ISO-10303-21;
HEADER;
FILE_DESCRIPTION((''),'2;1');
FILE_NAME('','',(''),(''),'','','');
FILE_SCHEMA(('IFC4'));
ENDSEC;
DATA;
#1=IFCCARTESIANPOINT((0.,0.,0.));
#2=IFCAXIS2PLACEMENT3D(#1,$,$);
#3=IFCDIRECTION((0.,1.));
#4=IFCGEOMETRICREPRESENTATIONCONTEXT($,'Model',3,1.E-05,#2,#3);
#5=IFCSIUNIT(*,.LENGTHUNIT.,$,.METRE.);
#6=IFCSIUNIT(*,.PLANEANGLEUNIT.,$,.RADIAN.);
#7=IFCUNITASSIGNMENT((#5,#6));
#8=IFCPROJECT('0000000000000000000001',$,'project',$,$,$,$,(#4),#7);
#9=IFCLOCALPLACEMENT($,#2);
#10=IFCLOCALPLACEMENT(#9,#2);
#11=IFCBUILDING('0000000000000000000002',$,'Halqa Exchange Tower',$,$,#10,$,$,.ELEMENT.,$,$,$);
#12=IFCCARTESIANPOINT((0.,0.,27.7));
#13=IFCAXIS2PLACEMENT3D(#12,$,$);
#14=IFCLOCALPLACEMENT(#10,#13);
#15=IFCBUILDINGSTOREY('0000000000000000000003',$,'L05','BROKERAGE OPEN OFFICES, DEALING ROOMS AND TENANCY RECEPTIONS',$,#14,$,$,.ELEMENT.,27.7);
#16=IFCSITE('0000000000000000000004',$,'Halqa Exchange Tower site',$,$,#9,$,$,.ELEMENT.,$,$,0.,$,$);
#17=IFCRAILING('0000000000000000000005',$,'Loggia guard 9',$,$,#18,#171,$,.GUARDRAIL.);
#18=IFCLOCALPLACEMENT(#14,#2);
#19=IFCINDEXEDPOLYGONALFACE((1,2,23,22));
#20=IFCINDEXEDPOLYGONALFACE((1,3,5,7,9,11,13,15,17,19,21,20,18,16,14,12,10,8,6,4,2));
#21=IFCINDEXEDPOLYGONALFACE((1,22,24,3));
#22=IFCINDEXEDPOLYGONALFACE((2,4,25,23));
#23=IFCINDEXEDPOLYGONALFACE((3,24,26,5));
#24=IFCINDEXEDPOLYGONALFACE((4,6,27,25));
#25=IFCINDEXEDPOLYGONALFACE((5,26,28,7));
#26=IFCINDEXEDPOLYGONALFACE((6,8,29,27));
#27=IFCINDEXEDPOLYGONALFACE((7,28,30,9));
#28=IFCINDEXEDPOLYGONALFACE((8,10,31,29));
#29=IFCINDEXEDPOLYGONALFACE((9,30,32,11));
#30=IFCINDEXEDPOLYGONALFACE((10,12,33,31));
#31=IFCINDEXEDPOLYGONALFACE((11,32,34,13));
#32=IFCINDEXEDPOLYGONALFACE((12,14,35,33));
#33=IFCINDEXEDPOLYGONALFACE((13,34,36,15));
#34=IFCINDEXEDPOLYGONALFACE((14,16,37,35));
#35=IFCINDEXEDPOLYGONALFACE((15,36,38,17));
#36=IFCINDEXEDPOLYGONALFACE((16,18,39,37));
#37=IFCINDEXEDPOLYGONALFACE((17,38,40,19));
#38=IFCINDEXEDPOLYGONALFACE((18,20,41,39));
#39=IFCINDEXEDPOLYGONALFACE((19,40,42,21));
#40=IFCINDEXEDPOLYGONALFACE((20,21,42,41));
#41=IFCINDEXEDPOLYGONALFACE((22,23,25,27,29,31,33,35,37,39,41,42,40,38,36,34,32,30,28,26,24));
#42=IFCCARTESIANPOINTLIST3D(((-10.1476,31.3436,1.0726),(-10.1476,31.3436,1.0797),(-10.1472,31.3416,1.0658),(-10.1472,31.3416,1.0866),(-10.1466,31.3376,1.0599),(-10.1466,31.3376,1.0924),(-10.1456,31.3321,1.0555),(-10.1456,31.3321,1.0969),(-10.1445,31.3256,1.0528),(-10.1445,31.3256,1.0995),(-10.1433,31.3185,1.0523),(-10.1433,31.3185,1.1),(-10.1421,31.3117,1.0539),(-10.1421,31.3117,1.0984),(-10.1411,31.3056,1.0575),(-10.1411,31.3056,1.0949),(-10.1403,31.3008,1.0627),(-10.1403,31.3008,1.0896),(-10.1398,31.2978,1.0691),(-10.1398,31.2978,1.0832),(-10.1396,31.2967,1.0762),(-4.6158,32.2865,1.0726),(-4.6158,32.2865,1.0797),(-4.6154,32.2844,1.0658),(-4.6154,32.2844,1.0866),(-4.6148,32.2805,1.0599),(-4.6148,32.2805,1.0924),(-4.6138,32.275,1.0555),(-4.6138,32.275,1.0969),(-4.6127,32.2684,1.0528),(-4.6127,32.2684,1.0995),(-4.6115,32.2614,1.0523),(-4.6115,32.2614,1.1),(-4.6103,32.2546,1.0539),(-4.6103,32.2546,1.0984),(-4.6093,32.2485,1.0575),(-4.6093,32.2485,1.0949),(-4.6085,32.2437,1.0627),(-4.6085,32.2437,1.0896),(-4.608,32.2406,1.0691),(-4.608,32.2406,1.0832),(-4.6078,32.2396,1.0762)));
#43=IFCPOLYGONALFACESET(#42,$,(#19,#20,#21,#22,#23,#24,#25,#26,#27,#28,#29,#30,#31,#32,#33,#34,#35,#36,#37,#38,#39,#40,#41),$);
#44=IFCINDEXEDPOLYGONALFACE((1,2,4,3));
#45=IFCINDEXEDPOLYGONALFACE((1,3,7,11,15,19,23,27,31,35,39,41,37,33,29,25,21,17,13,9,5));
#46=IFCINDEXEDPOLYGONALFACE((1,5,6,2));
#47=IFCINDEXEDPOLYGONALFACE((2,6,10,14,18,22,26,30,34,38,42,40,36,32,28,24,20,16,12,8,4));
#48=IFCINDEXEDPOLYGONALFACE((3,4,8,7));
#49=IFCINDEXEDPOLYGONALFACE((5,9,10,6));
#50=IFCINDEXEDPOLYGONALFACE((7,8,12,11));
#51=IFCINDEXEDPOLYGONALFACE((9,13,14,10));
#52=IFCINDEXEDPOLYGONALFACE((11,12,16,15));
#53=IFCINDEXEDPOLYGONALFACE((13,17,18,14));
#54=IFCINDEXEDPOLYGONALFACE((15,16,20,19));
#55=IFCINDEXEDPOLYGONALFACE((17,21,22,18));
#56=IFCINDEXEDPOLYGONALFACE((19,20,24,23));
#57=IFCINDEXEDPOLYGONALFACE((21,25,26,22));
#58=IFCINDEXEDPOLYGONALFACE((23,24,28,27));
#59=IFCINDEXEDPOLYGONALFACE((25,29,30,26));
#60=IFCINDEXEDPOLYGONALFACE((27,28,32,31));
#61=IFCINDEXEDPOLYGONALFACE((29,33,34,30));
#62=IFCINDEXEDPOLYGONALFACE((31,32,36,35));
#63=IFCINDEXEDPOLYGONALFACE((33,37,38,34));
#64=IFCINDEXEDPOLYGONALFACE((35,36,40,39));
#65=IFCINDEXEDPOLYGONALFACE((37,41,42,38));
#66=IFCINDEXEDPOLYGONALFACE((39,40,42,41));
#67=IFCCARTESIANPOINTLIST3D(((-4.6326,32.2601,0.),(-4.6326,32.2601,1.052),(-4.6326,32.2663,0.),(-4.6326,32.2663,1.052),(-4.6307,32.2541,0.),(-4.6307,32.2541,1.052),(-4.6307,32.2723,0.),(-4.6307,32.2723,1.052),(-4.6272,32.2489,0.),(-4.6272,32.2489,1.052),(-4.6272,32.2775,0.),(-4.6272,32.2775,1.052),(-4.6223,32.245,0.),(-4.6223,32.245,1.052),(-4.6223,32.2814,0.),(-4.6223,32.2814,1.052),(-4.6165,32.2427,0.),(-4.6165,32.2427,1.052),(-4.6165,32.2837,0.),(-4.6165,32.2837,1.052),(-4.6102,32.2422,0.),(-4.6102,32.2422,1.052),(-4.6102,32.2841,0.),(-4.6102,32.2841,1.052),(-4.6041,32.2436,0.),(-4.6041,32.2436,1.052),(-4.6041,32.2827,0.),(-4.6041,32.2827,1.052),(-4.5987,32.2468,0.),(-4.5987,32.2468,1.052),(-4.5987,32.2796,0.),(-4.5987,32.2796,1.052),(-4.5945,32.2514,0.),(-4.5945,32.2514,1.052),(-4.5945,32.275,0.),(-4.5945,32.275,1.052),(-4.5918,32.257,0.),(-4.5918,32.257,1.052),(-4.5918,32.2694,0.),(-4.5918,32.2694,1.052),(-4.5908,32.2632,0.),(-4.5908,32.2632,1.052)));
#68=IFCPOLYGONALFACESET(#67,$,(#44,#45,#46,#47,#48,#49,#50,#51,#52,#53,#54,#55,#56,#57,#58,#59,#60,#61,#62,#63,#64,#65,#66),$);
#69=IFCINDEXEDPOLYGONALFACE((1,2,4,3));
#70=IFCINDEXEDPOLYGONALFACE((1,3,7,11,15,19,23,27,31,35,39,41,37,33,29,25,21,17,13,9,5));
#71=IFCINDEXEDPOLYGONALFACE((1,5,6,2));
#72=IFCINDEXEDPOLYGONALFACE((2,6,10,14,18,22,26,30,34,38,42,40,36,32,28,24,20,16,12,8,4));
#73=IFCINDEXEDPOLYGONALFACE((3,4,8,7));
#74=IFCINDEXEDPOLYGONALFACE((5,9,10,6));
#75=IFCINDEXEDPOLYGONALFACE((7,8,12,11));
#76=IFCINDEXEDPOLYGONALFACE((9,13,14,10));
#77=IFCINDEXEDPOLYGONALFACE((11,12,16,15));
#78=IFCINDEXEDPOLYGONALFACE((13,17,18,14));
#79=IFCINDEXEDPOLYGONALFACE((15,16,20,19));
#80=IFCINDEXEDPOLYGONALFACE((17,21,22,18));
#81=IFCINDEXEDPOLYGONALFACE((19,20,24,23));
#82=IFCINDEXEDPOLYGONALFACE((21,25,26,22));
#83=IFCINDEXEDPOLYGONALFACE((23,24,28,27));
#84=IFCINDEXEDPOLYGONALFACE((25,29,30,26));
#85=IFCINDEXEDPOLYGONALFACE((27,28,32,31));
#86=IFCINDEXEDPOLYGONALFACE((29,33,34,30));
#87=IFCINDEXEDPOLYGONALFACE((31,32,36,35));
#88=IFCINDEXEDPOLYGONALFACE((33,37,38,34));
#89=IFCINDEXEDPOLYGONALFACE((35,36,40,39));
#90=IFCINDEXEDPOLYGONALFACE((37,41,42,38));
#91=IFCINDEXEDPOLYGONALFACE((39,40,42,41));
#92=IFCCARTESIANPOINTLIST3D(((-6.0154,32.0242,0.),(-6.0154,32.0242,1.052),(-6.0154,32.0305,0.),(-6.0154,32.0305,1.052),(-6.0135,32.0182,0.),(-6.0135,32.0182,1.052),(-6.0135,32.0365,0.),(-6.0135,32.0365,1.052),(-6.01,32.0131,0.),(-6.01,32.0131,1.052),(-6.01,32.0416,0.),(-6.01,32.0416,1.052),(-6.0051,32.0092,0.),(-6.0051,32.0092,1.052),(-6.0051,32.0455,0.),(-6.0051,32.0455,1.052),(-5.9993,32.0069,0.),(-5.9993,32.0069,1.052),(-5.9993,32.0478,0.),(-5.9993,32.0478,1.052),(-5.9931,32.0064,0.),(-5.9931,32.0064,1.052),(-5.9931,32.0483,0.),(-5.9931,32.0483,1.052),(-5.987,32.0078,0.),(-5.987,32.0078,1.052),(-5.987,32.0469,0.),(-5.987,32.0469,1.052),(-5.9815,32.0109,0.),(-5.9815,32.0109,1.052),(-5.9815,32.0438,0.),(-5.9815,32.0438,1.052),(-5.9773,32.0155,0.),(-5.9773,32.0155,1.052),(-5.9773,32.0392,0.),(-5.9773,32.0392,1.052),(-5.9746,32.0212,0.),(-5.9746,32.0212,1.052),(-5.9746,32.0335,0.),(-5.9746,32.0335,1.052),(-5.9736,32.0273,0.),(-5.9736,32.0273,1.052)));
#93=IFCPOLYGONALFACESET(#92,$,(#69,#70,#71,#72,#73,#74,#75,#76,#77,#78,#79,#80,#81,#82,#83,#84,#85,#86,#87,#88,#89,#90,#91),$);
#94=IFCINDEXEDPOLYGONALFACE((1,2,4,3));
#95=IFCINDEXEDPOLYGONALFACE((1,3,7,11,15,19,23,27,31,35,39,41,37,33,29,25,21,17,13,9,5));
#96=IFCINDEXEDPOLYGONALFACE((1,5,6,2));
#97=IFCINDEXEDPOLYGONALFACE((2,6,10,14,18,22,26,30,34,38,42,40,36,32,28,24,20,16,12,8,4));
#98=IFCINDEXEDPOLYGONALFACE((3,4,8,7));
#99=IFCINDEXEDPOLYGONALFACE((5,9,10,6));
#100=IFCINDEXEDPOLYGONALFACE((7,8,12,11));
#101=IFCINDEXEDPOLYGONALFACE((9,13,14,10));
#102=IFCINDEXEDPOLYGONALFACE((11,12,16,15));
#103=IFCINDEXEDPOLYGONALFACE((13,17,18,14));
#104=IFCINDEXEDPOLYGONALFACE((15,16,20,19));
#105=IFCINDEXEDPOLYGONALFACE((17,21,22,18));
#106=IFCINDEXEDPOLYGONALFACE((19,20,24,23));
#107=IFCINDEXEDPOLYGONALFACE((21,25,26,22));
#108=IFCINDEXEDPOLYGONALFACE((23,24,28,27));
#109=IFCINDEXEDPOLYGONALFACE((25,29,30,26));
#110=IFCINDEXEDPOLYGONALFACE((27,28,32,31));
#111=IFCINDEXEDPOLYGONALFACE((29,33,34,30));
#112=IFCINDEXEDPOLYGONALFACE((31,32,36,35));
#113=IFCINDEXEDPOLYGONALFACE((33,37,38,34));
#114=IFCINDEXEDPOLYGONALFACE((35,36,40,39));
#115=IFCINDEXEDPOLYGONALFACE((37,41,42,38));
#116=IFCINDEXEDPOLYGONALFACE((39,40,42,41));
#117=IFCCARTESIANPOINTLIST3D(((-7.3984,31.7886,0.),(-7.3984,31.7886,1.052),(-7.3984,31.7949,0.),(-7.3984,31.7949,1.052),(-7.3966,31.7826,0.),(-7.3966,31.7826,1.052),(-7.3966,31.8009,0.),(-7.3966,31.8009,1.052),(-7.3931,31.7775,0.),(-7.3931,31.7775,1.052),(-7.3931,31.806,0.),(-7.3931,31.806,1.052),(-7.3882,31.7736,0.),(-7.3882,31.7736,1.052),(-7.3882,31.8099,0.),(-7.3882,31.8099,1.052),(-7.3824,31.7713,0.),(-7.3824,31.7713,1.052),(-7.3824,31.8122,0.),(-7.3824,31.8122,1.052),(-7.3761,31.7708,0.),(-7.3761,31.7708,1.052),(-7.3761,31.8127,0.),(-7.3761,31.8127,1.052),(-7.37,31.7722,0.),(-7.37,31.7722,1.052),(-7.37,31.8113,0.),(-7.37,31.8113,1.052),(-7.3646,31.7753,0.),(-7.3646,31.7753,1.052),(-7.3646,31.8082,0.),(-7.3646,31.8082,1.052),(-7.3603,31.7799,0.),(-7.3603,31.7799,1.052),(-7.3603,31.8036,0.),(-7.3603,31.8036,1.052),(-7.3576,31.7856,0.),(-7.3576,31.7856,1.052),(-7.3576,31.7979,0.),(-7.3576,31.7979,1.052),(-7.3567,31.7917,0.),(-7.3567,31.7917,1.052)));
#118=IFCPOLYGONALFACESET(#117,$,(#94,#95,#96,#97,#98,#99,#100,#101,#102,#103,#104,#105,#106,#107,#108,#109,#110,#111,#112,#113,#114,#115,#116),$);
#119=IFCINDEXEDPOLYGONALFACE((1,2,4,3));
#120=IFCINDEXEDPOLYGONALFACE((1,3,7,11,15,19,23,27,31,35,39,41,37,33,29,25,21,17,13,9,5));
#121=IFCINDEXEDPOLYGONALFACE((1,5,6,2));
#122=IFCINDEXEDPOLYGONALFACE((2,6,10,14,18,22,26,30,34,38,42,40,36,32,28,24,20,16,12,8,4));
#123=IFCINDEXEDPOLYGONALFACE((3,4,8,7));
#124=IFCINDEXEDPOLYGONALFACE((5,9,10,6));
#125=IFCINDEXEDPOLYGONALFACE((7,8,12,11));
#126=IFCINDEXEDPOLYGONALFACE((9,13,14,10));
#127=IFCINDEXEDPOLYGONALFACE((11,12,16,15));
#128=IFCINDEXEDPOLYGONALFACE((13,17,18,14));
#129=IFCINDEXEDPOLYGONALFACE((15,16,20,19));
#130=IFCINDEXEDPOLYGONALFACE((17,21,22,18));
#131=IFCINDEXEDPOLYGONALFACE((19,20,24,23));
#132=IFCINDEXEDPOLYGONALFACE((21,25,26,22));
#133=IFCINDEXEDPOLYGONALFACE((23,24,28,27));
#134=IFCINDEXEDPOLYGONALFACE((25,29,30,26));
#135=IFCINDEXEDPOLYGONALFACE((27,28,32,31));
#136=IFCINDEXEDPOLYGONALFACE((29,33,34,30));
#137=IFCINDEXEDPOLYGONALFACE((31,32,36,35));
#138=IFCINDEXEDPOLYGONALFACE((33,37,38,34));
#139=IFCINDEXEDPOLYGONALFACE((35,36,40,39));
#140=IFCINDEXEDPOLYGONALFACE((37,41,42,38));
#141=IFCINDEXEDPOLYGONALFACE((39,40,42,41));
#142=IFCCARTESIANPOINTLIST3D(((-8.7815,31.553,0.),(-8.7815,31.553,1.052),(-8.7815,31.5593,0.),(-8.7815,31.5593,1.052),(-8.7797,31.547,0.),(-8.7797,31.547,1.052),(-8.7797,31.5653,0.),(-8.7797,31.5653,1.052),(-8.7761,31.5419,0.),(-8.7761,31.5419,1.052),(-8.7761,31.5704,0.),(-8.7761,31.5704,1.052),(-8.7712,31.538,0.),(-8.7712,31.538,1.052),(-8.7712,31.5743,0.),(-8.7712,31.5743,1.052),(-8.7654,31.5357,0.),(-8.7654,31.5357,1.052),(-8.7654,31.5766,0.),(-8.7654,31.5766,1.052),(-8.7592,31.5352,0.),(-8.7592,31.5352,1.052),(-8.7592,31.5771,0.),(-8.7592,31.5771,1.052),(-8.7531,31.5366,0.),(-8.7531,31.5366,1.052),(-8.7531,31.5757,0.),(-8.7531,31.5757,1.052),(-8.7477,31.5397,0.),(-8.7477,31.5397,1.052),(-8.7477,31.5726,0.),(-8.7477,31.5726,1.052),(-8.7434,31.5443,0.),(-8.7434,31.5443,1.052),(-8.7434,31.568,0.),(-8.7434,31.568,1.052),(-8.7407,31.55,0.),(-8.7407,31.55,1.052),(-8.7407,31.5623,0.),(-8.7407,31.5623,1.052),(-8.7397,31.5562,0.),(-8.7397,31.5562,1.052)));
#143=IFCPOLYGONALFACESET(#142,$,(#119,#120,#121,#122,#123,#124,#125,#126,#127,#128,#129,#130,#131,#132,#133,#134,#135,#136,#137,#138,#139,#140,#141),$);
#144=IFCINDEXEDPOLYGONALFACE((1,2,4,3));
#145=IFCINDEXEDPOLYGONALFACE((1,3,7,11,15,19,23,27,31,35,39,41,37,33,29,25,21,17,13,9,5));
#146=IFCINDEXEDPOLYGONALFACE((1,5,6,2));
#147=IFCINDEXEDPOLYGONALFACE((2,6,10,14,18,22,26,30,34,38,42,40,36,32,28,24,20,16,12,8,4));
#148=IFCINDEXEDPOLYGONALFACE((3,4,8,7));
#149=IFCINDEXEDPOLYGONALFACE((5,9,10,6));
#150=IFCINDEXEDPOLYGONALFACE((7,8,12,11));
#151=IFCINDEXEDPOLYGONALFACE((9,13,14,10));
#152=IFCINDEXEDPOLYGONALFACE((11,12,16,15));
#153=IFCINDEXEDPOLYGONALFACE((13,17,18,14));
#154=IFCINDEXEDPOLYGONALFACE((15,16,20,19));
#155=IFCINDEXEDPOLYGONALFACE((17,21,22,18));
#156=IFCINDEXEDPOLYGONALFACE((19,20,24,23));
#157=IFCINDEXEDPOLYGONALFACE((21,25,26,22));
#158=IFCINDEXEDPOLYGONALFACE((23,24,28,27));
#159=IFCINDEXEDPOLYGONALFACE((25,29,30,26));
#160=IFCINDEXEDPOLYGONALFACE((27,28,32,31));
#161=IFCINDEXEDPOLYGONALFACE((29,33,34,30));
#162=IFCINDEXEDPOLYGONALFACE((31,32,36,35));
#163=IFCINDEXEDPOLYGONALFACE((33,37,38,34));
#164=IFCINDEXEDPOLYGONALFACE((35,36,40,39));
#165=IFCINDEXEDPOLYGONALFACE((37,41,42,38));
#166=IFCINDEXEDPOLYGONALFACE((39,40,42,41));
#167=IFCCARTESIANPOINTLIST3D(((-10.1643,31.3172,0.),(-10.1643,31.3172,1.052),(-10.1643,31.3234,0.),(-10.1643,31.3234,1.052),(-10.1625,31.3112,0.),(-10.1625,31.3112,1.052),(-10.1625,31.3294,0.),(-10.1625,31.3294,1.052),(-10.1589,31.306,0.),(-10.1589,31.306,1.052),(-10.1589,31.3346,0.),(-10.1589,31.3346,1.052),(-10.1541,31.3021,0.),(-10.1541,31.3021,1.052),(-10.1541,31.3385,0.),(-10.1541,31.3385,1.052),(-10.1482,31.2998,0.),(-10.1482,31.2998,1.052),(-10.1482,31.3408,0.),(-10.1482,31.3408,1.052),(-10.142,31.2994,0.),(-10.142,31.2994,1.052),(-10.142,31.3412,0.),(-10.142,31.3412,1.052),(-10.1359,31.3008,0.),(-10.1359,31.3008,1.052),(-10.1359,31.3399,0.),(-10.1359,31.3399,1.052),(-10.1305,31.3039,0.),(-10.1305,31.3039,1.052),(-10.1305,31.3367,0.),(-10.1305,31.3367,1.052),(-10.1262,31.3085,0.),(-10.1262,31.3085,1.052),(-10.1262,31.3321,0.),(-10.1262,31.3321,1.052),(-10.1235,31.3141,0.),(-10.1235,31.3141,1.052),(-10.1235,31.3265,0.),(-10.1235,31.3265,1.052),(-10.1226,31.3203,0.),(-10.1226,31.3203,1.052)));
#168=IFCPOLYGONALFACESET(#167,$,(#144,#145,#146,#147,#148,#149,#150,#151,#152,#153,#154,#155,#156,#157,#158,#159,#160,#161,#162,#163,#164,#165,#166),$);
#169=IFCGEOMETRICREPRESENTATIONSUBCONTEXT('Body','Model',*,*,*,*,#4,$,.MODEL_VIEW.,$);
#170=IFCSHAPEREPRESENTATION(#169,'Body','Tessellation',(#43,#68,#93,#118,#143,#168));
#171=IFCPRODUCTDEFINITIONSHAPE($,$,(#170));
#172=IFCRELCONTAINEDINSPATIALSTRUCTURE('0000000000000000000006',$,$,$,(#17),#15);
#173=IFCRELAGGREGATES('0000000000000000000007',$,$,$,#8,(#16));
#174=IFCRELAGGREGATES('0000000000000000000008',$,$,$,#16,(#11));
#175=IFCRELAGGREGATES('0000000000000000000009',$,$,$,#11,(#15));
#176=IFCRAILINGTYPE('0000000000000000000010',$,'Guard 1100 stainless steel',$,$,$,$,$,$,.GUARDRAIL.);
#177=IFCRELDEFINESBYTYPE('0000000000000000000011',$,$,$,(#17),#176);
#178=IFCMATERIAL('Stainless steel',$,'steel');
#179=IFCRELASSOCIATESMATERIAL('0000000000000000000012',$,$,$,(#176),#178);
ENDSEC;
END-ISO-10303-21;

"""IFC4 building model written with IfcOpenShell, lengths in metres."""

from ifc_helpers import new_model, si_unit, direction, frame, origin, origin_2d, place, context, subcontext, project, spatial, circle, extrude, material, type_object, element, save


model = new_model("IFC4")

# Units and contexts
model_context = context("Model", 3, precision=1e-05, world=origin(), true_north=direction((0.0, 1.0)))
body_context = subcontext(model_context, "Body", "Model", "MODEL_VIEW")
ifc_project = project(units=[si_unit("LENGTHUNIT", "METRE"), si_unit("PLANEANGLEUNIT", "RADIAN")], contexts=[model_context])

# Site, building, storey
site_placement = place(None, origin())
site = spatial("IfcSite", under=ifc_project, at=site_placement, Name="Halqa Exchange Tower site", CompositionType="ELEMENT", RefElevation=0.0)
building_placement = place(site_placement, origin())
building = spatial("IfcBuilding", under=site, at=building_placement, Name="Halqa Exchange Tower", CompositionType="ELEMENT")
storey_placement = place(building_placement, frame((0.0, 0.0, 27.7)))
storey = spatial("IfcBuildingStorey", under=building, at=storey_placement, Name="L05", Description="BROKERAGE OPEN OFFICES, DEALING ROOMS AND TENANCY RECEPTIONS", CompositionType="ELEMENT", Elevation=27.7)

# Railing
ifc_material_1 = material(Name="Stainless steel", Category="steel")
railing_type_1 = type_object("IfcRailingType", Name="Guard 1100 stainless steel", PredefinedType="GUARDRAIL", material=ifc_material_1)
railing_1_placement = place(storey_placement, frame((-4.6118, 32.2632, 0.0)))
element("IfcRailing", 1, at=railing_1_placement, inside=storey, type_object=railing_type_1, Name="Loggia guard 9", PredefinedType="GUARDRAIL", context=body_context, shape_type="SweptSolid", body=[
    extrude(circle(Radius=0.0239, at=origin_2d()), frame((0.0, 0.0, 1.0762), z_axis=(-0.985783, -0.168024, 0.0), x_axis=(0.168024, -0.985783, 0.0)), (0.0, 0.0, 1.0), 5.6116),
    extrude(circle(Radius=0.021, at=origin_2d()), origin(), (0.0, 0.0, 1.0), 1.052),
    extrude(circle(Radius=0.021, at=origin_2d()), frame((-1.3828, -0.2358, 0.0)), (0.0, 0.0, 1.0), 1.052),
    extrude(circle(Radius=0.021, at=origin_2d()), frame((-2.7659, -0.4714, 0.0)), (0.0, 0.0, 1.0), 1.052),
    extrude(circle(Radius=0.021, at=origin_2d()), frame((-4.1489, -0.707, 0.0)), (0.0, 0.0, 1.0), 1.052),
    extrude(circle(Radius=0.021, at=origin_2d()), frame((-5.5317, -0.9429, 0.0)), (0.0, 0.0, 1.0), 1.052),
])

save(model, "model.ifc")
